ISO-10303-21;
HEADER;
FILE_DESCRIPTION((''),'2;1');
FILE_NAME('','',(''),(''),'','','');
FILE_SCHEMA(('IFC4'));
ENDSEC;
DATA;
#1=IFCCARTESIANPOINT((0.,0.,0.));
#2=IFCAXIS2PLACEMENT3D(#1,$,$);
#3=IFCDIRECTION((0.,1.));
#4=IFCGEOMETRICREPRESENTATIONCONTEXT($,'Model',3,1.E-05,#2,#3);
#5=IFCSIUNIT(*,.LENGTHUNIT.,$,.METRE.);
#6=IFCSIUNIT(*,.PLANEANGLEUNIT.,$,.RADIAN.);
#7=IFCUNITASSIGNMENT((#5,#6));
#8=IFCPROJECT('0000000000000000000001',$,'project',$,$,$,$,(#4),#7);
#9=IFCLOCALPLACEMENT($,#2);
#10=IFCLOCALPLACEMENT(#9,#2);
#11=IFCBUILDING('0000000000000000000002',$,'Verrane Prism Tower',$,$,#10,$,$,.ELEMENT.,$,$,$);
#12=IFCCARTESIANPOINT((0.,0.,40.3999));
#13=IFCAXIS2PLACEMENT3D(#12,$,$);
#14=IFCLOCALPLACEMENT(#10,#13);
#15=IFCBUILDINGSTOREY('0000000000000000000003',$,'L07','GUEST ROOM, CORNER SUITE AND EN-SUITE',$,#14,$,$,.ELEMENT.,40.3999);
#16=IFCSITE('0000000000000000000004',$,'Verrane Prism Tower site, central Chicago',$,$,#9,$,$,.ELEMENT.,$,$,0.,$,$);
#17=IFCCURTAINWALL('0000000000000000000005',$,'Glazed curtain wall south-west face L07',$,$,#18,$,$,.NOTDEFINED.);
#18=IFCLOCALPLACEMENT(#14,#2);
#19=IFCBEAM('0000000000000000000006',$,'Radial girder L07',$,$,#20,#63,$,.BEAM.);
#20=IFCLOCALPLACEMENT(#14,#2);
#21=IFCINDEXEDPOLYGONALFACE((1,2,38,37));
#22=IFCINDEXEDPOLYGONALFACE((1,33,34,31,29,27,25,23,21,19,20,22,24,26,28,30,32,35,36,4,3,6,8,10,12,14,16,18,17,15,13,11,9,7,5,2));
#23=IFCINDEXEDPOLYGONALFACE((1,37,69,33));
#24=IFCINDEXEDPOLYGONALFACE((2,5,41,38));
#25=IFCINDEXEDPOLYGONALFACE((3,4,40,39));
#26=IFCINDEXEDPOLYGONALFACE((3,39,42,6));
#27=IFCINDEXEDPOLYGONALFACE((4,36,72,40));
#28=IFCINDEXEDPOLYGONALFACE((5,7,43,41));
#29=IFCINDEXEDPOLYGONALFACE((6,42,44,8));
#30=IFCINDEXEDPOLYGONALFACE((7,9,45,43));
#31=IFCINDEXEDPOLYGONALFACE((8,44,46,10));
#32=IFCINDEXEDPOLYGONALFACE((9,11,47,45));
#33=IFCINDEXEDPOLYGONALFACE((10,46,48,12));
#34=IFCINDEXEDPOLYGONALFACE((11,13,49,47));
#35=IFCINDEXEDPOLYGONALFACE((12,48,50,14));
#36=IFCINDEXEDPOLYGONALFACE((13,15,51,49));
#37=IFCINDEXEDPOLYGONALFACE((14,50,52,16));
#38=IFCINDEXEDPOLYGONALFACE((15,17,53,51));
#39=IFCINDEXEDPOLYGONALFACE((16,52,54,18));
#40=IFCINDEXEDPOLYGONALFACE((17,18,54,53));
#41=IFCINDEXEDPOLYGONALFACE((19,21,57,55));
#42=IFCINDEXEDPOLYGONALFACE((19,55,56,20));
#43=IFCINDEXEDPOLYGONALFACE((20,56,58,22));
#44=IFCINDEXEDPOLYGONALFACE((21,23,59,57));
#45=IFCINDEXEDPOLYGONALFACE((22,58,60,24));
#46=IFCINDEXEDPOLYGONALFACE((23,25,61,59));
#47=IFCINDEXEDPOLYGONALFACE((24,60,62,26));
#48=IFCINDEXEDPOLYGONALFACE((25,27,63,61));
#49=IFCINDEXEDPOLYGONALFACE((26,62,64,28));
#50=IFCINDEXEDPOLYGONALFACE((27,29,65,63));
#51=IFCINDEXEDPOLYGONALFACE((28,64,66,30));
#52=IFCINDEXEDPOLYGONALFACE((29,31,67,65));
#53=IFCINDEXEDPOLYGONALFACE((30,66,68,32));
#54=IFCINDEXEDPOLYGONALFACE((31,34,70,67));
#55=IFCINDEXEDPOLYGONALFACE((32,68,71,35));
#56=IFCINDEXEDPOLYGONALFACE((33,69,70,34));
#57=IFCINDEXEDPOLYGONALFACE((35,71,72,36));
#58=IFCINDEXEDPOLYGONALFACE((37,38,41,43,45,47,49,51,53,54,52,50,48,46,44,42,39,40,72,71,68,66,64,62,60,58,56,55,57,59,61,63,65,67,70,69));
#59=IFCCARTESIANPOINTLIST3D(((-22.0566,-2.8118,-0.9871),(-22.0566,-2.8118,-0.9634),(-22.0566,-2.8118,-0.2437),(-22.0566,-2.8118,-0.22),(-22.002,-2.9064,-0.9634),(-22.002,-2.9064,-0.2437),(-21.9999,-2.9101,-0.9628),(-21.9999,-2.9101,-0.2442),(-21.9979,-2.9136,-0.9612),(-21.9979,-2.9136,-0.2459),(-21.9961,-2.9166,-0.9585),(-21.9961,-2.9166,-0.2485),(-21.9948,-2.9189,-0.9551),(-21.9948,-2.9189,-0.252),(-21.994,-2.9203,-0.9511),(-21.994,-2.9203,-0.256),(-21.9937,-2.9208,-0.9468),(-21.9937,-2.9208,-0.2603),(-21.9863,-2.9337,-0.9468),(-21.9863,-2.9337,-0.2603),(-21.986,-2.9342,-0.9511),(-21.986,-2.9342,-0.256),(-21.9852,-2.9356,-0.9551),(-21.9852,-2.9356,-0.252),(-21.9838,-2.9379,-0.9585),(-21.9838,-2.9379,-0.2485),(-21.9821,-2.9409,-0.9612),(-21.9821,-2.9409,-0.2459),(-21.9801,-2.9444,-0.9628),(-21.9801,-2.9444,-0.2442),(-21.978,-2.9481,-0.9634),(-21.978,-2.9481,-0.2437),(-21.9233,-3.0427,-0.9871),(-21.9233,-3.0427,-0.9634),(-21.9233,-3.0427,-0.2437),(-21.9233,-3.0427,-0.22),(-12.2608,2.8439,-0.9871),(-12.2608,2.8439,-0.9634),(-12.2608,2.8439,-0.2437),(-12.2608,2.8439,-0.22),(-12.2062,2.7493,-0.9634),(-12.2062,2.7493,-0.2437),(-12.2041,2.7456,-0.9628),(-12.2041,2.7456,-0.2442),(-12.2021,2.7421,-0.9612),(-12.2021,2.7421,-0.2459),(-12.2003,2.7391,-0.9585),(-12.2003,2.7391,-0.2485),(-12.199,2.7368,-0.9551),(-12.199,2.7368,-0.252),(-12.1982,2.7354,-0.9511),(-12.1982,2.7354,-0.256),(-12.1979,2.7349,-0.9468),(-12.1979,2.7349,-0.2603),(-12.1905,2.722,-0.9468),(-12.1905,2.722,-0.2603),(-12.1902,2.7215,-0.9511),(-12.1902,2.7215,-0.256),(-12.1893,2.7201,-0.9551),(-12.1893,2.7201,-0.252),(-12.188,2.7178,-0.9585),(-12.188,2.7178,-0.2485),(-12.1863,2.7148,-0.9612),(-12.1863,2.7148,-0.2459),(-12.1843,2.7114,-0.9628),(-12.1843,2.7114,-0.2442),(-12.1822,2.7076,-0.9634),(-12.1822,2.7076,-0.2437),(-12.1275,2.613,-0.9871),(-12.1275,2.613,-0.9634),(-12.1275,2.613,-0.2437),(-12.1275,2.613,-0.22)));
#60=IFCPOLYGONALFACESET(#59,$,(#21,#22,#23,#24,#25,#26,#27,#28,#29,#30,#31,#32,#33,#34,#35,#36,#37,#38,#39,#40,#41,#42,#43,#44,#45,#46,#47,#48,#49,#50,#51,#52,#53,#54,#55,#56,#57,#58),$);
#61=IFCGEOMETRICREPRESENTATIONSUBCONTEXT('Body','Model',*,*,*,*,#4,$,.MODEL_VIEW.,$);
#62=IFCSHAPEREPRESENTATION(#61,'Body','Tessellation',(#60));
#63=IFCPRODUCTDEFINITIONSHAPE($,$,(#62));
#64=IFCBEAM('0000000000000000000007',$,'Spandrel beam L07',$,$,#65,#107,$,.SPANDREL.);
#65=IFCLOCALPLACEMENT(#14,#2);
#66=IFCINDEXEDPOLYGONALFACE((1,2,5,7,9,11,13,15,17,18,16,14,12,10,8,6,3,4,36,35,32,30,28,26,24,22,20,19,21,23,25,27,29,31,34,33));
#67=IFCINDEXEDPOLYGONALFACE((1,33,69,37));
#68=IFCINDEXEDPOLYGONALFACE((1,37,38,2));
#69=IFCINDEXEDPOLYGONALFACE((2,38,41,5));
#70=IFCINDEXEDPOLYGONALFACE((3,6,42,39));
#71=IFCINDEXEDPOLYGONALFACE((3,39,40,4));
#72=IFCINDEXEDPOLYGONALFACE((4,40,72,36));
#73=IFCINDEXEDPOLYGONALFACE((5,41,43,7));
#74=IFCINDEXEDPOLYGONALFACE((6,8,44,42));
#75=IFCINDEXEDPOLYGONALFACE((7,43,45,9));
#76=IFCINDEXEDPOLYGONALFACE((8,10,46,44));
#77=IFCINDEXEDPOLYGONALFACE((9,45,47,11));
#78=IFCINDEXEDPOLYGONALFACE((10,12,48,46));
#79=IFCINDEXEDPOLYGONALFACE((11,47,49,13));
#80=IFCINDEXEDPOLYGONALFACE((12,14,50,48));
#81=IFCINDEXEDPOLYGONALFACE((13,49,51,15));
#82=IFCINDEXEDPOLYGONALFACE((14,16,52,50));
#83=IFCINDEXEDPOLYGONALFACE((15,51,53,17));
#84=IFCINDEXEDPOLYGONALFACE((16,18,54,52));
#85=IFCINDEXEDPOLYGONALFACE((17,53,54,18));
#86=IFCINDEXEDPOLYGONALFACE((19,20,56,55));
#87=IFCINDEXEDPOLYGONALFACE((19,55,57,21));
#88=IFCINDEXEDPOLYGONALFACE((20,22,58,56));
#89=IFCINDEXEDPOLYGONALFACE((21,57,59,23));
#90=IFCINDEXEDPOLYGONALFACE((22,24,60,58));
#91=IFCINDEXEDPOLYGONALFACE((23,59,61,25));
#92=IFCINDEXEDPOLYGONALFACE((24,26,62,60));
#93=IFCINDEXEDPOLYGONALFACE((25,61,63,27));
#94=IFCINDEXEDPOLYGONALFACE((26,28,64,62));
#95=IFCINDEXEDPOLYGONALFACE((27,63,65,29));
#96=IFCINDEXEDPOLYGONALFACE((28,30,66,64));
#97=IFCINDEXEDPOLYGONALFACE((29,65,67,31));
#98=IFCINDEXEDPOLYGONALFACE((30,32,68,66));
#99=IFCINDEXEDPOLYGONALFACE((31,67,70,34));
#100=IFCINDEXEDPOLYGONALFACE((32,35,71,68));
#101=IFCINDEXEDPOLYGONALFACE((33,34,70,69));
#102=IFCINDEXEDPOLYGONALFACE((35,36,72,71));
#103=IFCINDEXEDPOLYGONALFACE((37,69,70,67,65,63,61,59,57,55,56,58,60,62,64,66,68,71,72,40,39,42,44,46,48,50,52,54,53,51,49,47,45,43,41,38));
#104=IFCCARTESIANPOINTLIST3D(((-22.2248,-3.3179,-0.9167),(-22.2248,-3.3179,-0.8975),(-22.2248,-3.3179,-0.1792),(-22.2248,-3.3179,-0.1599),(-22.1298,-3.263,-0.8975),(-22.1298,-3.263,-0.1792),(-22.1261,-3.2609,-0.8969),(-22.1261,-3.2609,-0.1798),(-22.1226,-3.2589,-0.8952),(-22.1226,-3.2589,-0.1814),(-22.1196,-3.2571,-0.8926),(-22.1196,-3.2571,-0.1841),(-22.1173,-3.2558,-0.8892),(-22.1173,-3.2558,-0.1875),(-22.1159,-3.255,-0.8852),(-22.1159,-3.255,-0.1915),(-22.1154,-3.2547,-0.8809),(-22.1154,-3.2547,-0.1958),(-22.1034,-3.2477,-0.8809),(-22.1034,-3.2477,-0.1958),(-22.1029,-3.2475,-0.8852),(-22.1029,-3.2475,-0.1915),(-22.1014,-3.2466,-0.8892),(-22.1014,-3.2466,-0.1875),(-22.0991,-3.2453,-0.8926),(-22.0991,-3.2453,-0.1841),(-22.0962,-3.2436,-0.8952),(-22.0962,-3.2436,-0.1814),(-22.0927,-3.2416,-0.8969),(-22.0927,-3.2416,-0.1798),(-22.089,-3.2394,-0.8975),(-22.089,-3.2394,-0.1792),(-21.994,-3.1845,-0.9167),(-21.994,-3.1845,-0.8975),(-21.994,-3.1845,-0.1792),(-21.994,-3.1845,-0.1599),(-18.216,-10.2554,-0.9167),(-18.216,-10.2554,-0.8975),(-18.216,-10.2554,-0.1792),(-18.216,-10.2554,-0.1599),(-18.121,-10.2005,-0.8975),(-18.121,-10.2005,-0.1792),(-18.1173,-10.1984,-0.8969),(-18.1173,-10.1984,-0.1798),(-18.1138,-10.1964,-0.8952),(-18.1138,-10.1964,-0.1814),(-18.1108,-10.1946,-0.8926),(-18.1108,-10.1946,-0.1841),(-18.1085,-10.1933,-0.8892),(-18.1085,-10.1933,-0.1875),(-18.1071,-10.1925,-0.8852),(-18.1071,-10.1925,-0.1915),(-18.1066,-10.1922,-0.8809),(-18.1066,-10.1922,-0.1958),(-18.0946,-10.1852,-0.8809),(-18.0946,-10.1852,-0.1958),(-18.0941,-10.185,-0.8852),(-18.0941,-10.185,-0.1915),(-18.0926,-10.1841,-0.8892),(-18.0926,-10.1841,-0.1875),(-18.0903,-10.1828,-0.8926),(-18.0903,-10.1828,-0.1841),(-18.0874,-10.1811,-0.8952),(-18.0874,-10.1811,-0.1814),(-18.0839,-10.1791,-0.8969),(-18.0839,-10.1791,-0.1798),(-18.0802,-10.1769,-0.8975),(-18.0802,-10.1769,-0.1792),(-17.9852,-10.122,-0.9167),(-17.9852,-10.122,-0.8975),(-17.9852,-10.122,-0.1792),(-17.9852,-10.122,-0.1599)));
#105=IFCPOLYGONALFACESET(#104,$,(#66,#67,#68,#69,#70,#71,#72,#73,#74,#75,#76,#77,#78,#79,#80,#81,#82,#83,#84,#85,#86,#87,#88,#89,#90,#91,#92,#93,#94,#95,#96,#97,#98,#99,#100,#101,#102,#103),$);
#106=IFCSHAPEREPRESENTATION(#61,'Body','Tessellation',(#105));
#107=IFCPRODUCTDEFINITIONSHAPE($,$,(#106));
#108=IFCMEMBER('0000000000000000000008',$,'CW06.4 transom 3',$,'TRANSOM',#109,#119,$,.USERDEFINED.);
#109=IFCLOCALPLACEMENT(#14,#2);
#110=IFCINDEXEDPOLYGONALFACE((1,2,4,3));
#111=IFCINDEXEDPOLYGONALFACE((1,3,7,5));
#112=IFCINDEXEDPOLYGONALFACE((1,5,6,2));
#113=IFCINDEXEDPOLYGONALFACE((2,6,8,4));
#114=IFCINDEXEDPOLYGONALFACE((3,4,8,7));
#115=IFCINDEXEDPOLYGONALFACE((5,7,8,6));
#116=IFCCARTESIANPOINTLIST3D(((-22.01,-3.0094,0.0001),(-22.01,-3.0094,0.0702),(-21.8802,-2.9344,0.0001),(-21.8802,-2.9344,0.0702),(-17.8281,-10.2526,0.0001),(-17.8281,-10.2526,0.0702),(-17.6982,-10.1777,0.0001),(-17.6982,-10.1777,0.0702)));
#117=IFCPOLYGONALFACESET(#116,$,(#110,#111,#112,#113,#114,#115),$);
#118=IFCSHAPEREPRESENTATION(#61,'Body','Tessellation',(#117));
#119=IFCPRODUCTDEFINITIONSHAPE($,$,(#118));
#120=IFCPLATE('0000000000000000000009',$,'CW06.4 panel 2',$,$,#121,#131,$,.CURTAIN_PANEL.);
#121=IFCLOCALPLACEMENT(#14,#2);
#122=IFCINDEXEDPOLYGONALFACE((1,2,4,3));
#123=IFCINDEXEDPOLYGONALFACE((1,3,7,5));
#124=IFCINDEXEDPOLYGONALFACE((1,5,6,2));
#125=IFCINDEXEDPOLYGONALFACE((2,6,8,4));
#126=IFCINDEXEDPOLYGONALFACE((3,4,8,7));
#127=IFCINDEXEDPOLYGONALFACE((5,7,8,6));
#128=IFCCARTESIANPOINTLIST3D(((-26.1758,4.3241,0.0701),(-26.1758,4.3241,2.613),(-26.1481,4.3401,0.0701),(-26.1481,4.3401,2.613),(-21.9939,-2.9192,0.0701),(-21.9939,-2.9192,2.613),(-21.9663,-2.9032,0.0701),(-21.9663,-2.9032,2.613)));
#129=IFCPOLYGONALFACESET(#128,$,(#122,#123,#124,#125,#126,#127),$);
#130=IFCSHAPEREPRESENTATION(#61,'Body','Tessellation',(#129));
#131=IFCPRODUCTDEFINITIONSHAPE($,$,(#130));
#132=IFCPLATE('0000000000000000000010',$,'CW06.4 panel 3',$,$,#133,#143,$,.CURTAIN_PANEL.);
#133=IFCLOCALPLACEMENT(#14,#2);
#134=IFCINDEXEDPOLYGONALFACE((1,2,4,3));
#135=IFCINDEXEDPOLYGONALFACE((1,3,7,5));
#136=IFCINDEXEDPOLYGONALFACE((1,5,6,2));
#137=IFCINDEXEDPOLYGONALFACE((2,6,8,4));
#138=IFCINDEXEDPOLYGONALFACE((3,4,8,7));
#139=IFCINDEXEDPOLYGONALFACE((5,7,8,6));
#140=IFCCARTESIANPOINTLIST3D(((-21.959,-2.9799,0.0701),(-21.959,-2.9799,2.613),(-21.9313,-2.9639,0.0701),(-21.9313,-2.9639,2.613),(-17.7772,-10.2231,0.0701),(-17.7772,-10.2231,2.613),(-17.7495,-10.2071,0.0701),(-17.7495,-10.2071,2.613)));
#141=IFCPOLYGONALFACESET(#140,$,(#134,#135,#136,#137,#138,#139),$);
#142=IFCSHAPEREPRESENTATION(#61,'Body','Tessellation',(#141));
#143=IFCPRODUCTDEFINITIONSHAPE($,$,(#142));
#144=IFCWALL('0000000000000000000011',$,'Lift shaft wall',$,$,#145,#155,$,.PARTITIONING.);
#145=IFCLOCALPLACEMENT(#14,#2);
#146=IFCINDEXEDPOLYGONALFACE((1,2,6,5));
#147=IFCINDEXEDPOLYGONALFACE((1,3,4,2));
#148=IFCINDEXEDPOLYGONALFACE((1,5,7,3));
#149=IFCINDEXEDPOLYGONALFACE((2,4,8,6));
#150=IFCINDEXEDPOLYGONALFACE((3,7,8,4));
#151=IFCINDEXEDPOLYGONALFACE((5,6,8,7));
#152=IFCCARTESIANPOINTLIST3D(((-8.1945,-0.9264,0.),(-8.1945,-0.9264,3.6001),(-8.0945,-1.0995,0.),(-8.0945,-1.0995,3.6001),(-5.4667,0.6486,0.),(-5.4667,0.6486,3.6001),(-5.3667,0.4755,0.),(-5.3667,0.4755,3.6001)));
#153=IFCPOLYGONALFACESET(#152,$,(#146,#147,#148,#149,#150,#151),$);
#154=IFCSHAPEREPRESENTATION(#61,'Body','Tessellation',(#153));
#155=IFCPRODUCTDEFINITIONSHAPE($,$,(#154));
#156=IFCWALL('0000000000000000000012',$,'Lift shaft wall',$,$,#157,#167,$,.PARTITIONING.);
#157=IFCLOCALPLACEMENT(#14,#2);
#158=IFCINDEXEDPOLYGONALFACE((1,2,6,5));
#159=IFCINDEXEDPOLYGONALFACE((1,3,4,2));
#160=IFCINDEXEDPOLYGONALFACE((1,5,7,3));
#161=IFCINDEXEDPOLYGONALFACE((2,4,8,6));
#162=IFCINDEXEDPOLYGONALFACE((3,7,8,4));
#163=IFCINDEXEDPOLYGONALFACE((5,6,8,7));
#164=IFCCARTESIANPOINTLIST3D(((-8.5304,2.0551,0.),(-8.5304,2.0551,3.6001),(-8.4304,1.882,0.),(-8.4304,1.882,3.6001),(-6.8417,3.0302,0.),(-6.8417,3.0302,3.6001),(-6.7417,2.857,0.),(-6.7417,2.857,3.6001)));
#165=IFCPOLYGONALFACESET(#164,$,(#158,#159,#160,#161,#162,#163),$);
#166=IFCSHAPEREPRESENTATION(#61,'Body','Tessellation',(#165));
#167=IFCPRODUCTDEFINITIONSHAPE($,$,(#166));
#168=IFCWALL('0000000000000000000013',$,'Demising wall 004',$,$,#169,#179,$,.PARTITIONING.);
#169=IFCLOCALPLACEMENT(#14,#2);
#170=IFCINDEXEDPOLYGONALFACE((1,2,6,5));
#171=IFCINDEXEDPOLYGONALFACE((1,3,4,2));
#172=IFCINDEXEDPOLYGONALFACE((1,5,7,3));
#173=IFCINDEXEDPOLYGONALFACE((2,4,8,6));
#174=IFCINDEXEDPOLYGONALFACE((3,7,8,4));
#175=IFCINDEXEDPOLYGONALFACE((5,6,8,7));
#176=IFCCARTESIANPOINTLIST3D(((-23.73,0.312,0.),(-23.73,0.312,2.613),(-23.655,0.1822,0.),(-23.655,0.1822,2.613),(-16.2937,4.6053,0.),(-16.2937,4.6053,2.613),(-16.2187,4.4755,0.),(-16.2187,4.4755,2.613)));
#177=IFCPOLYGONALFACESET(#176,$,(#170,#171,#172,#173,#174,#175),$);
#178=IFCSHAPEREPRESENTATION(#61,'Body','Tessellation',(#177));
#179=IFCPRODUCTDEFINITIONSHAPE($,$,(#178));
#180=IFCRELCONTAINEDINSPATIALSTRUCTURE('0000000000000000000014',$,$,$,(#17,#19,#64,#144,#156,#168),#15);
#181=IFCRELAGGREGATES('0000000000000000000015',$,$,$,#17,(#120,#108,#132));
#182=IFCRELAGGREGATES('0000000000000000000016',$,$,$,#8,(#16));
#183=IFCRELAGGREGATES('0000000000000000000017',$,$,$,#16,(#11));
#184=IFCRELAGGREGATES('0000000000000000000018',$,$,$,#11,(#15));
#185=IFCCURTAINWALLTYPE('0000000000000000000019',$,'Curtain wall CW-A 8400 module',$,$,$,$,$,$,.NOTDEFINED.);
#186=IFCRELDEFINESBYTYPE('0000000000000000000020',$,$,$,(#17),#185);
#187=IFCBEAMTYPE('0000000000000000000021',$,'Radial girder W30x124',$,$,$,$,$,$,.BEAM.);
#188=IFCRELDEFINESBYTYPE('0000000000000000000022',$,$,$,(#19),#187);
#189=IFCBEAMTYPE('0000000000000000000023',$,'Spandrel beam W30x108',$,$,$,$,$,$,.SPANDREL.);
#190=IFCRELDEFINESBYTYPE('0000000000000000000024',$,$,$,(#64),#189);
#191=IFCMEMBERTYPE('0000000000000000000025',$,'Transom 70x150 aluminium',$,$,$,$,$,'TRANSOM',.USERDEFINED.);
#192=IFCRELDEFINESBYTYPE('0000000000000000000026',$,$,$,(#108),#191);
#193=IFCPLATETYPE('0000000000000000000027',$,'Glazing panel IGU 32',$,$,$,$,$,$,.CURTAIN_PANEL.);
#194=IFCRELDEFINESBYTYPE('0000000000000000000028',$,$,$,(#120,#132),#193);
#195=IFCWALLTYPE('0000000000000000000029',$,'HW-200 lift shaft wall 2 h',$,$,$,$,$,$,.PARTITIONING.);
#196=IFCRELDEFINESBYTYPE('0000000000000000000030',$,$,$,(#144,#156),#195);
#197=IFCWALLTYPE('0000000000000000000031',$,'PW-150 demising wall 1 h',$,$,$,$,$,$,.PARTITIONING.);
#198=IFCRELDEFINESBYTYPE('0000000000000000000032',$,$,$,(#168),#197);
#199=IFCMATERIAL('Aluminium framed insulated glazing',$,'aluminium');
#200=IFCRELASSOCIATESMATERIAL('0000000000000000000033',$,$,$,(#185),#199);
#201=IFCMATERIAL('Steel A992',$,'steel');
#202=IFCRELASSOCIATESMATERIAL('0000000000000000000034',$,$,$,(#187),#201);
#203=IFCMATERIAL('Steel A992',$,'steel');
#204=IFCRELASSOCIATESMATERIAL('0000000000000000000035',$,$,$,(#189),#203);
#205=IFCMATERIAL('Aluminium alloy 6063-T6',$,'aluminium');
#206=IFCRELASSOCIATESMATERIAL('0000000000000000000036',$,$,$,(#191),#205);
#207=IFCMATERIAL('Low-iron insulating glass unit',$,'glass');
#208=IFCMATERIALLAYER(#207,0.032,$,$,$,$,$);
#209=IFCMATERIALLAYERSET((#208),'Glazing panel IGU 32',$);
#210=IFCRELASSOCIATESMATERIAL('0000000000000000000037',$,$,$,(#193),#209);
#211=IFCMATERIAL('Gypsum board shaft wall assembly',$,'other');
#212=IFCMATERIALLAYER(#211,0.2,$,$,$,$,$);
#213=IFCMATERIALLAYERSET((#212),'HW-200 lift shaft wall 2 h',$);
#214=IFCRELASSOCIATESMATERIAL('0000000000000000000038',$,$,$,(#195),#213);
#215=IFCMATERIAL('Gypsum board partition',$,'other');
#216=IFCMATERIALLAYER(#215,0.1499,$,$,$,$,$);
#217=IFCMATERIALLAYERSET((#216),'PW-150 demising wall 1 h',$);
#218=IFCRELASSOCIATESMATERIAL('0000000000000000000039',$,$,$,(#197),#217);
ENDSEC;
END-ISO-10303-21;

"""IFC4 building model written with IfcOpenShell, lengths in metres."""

from ifc_helpers import new_model, si_unit, direction, frame, frame_2d, origin, origin_2d, place, context, subcontext, project, spatial, rectangle, i_section, extrude, material, layer, layer_set, material_profile, profile_set, type_object, element, aggregate, save


model = new_model("IFC4")

# Units and contexts
model_context = context("Model", 3, precision=1e-05, world=origin(), true_north=direction((0.0, 1.0)))
body_context = subcontext(model_context, "Body", "Model", "MODEL_VIEW")
ifc_project = project(units=[si_unit("LENGTHUNIT", "METRE"), si_unit("PLANEANGLEUNIT", "RADIAN")], contexts=[model_context])

# Site, building, storey
site_placement = place(None, origin())
site = spatial("IfcSite", under=ifc_project, at=site_placement, Name="Verrane Prism Tower site, central Chicago", CompositionType="ELEMENT", RefElevation=0.0)
building_placement = place(site_placement, origin())
building = spatial("IfcBuilding", under=site, at=building_placement, Name="Verrane Prism Tower", CompositionType="ELEMENT")
storey_placement = place(building_placement, frame((0.0, 0.0, 40.3999)))
storey = spatial("IfcBuildingStorey", under=building, at=storey_placement, Name="L07", Description="GUEST ROOM, CORNER SUITE AND EN-SUITE", CompositionType="ELEMENT", Elevation=40.3999)

# Curtain wall
ifc_material_1 = material(Name="Aluminium framed insulated glazing", Category="aluminium")
curtain_wall_type = type_object("IfcCurtainWallType", Name="Curtain wall CW-A 8400 module", PredefinedType="NOTDEFINED", material=ifc_material_1)
curtain_wall_placement = place(storey_placement, origin())
curtain_wall = element("IfcCurtainWall", 1, at=curtain_wall_placement, inside=storey, type_object=curtain_wall_type, Name="Glazed curtain wall south-west face L07", PredefinedType="NOTDEFINED")

# Beams
ifc_material_2 = material(Name="Steel A992", Category="steel")
ifc_material_profile_1 = material_profile(ifc_material_2, i_section(OverallWidth=0.2666, OverallDepth=0.7671, WebThickness=0.0149, FlangeThickness=0.0237, FilletRadius=0.0166, at=origin_2d()), Name="W30x124")
ifc_profile_set_1 = profile_set([ifc_material_profile_1], Name="Steel A992")
beam_type_1 = type_object("IfcBeamType", Name="Radial girder W30x124", PredefinedType="BEAM", material=ifc_profile_set_1)
beam_1_placement = place(storey_placement, frame((-21.99, -2.9272, -0.6035), z_axis=(0.866022, 0.500006, 0.0), x_axis=(-0.500006, 0.866022, 0.0)))
element("IfcBeam", 2, at=beam_1_placement, inside=storey, type_object=beam_type_1, Name="Radial girder L07", PredefinedType="BEAM", context=body_context, shape_type="SweptSolid", body=[
    extrude(i_section(OverallWidth=0.2666, OverallDepth=0.7671, WebThickness=0.0149, FlangeThickness=0.0237, FilletRadius=0.0166, at=origin_2d()), origin(), (0.0, 0.0, 1.0), 11.3113),
])
ifc_material_3 = material(Name="Steel A992", Category="steel")
ifc_material_profile_2 = material_profile(ifc_material_3, i_section(OverallWidth=0.2666, OverallDepth=0.7568, WebThickness=0.0139, FlangeThickness=0.0193, FilletRadius=0.0166, at=origin_2d()), Name="W30x108")
ifc_profile_set_2 = profile_set([ifc_material_profile_2], Name="Steel A992")
beam_type_2 = type_object("IfcBeamType", Name="Spandrel beam W30x108", PredefinedType="SPANDREL", material=ifc_profile_set_2)
beam_2_placement = place(storey_placement, frame((-22.1094, -3.2512, -0.5383), z_axis=(0.50032, -0.86584, 0.0), x_axis=(0.86584, 0.50032, 0.0)))
element("IfcBeam", 3, at=beam_2_placement, inside=storey, type_object=beam_type_2, Name="Spandrel beam L07", PredefinedType="SPANDREL", context=body_context, shape_type="SweptSolid", body=[
    extrude(i_section(OverallWidth=0.2666, OverallDepth=0.7568, WebThickness=0.0139, FlangeThickness=0.0193, FilletRadius=0.0166, at=origin_2d()), origin(), (0.0, 0.0, 1.0), 8.0125),
])

# Member
ifc_material_4 = material(Name="Aluminium alloy 6063-T6", Category="aluminium")
ifc_material_profile_3 = material_profile(ifc_material_4, rectangle(XDim=0.1499, YDim=0.0701, at=origin_2d()), Name="Transom 70x150 aluminium")
ifc_profile_set_3 = profile_set([ifc_material_profile_3], Name="Aluminium alloy 6063-T6")
member_type_1 = type_object("IfcMemberType", Name="Transom 70x150 aluminium", ElementType="TRANSOM", PredefinedType="USERDEFINED", material=ifc_profile_set_3)
member_1_placement = place(storey_placement, frame((-21.9451, -2.9719, 0.0352), z_axis=(0.500004, -0.866023, 0.0), x_axis=(0.866023, 0.500004, 0.0)))
member_1 = element("IfcMember", 4, at=member_1_placement, type_object=member_type_1, Name="CW06.4 transom 3", ObjectType="TRANSOM", PredefinedType="USERDEFINED", context=body_context, shape_type="SweptSolid", body=[
    extrude(rectangle(XDim=0.1499, YDim=0.0701, at=origin_2d()), origin(), (0.0, 0.0, 1.0), 8.3638),
])

# Plates
ifc_material_5 = material(Name="Low-iron insulating glass unit", Category="glass")
ifc_layer_1 = layer(ifc_material_5, 0.032)
ifc_layer_set_1 = layer_set([ifc_layer_1], Name="Glazing panel IGU 32")
plate_type = type_object("IfcPlateType", Name="Glazing panel IGU 32", PredefinedType="CURTAIN_PANEL", material=ifc_layer_set_1)
plate_1_placement = place(storey_placement, frame((-24.071, 0.7104, 0.0701), z_axis=(0.0, 0.0, 1.0), x_axis=(0.5, -0.866025, 0.0)))
plate_1 = element("IfcPlate", 5, at=plate_1_placement, type_object=plate_type, Name="CW06.4 panel 2", PredefinedType="CURTAIN_PANEL", context=body_context, shape_type="SweptSolid", body=[
    extrude(rectangle(XDim=8.3638, YDim=0.032, at=origin_2d()), origin(), (0.0, 0.0, 1.0), 2.543),
])
plate_2_placement = place(storey_placement, frame((-19.8542, -6.5935, 0.0701), z_axis=(0.0, 0.0, 1.0), x_axis=(0.5, -0.866025, 0.0)))
plate_2 = element("IfcPlate", 6, at=plate_2_placement, type_object=plate_type, Name="CW06.4 panel 3", PredefinedType="CURTAIN_PANEL", context=body_context, shape_type="SweptSolid", body=[
    extrude(rectangle(XDim=8.3638, YDim=0.032, at=origin_2d()), origin(), (0.0, 0.0, 1.0), 2.543),
])
aggregate(curtain_wall, [plate_1, member_1, plate_2])

# Walls
ifc_material_6 = material(Name="Gypsum board shaft wall assembly", Category="other")
ifc_layer_2 = layer(ifc_material_6, 0.2)
ifc_layer_set_2 = layer_set([ifc_layer_2], Name="HW-200 lift shaft wall 2 h")
wall_type_1 = type_object("IfcWallType", Name="HW-200 lift shaft wall 2 h", PredefinedType="PARTITIONING", material=ifc_layer_set_2)
wall_1_placement = place(storey_placement, frame((-8.1445, -1.0129, 0.0), z_axis=(0.0, 0.0, 1.0), x_axis=(0.866016, 0.500015, 0.0)))
element("IfcWall", 7, at=wall_1_placement, inside=storey, type_object=wall_type_1, Name="Lift shaft wall", PredefinedType="PARTITIONING", context=body_context, shape_type="SweptSolid", body=[
    extrude(rectangle(XDim=3.1499, YDim=0.2, at=frame_2d((1.575, 0.0))), origin(), (0.0, 0.0, 1.0), 3.6001),
])
wall_2_placement = place(storey_placement, frame((-8.4805, 1.9685, 0.0), z_axis=(0.0, 0.0, 1.0), x_axis=(0.866, 0.500044, 0.0)))
element("IfcWall", 8, at=wall_2_placement, inside=storey, type_object=wall_type_1, Name="Lift shaft wall", PredefinedType="PARTITIONING", context=body_context, shape_type="SweptSolid", body=[
    extrude(rectangle(XDim=1.95, YDim=0.2, at=frame_2d((0.9751, 0.0))), origin(), (0.0, 0.0, 1.0), 3.6001),
])
ifc_material_7 = material(Name="Gypsum board partition", Category="other")
ifc_layer_3 = layer(ifc_material_7, 0.1499)
ifc_layer_set_3 = layer_set([ifc_layer_3], Name="PW-150 demising wall 1 h")
wall_type_2 = type_object("IfcWallType", Name="PW-150 demising wall 1 h", PredefinedType="PARTITIONING", material=ifc_layer_set_3)
wall_3_placement = place(storey_placement, frame((-23.6926, 0.2471, 0.0), z_axis=(0.0, 0.0, 1.0), x_axis=(0.866032, 0.499989, 0.0)))
element("IfcWall", 9, at=wall_3_placement, inside=storey, type_object=wall_type_2, Name="Demising wall 004", PredefinedType="PARTITIONING", context=body_context, shape_type="SweptSolid", body=[
    extrude(rectangle(XDim=8.5867, YDim=0.1499, at=frame_2d((4.2935, 0.0))), origin(), (0.0, 0.0, 1.0), 2.613),
])

save(model, "model.ifc")
